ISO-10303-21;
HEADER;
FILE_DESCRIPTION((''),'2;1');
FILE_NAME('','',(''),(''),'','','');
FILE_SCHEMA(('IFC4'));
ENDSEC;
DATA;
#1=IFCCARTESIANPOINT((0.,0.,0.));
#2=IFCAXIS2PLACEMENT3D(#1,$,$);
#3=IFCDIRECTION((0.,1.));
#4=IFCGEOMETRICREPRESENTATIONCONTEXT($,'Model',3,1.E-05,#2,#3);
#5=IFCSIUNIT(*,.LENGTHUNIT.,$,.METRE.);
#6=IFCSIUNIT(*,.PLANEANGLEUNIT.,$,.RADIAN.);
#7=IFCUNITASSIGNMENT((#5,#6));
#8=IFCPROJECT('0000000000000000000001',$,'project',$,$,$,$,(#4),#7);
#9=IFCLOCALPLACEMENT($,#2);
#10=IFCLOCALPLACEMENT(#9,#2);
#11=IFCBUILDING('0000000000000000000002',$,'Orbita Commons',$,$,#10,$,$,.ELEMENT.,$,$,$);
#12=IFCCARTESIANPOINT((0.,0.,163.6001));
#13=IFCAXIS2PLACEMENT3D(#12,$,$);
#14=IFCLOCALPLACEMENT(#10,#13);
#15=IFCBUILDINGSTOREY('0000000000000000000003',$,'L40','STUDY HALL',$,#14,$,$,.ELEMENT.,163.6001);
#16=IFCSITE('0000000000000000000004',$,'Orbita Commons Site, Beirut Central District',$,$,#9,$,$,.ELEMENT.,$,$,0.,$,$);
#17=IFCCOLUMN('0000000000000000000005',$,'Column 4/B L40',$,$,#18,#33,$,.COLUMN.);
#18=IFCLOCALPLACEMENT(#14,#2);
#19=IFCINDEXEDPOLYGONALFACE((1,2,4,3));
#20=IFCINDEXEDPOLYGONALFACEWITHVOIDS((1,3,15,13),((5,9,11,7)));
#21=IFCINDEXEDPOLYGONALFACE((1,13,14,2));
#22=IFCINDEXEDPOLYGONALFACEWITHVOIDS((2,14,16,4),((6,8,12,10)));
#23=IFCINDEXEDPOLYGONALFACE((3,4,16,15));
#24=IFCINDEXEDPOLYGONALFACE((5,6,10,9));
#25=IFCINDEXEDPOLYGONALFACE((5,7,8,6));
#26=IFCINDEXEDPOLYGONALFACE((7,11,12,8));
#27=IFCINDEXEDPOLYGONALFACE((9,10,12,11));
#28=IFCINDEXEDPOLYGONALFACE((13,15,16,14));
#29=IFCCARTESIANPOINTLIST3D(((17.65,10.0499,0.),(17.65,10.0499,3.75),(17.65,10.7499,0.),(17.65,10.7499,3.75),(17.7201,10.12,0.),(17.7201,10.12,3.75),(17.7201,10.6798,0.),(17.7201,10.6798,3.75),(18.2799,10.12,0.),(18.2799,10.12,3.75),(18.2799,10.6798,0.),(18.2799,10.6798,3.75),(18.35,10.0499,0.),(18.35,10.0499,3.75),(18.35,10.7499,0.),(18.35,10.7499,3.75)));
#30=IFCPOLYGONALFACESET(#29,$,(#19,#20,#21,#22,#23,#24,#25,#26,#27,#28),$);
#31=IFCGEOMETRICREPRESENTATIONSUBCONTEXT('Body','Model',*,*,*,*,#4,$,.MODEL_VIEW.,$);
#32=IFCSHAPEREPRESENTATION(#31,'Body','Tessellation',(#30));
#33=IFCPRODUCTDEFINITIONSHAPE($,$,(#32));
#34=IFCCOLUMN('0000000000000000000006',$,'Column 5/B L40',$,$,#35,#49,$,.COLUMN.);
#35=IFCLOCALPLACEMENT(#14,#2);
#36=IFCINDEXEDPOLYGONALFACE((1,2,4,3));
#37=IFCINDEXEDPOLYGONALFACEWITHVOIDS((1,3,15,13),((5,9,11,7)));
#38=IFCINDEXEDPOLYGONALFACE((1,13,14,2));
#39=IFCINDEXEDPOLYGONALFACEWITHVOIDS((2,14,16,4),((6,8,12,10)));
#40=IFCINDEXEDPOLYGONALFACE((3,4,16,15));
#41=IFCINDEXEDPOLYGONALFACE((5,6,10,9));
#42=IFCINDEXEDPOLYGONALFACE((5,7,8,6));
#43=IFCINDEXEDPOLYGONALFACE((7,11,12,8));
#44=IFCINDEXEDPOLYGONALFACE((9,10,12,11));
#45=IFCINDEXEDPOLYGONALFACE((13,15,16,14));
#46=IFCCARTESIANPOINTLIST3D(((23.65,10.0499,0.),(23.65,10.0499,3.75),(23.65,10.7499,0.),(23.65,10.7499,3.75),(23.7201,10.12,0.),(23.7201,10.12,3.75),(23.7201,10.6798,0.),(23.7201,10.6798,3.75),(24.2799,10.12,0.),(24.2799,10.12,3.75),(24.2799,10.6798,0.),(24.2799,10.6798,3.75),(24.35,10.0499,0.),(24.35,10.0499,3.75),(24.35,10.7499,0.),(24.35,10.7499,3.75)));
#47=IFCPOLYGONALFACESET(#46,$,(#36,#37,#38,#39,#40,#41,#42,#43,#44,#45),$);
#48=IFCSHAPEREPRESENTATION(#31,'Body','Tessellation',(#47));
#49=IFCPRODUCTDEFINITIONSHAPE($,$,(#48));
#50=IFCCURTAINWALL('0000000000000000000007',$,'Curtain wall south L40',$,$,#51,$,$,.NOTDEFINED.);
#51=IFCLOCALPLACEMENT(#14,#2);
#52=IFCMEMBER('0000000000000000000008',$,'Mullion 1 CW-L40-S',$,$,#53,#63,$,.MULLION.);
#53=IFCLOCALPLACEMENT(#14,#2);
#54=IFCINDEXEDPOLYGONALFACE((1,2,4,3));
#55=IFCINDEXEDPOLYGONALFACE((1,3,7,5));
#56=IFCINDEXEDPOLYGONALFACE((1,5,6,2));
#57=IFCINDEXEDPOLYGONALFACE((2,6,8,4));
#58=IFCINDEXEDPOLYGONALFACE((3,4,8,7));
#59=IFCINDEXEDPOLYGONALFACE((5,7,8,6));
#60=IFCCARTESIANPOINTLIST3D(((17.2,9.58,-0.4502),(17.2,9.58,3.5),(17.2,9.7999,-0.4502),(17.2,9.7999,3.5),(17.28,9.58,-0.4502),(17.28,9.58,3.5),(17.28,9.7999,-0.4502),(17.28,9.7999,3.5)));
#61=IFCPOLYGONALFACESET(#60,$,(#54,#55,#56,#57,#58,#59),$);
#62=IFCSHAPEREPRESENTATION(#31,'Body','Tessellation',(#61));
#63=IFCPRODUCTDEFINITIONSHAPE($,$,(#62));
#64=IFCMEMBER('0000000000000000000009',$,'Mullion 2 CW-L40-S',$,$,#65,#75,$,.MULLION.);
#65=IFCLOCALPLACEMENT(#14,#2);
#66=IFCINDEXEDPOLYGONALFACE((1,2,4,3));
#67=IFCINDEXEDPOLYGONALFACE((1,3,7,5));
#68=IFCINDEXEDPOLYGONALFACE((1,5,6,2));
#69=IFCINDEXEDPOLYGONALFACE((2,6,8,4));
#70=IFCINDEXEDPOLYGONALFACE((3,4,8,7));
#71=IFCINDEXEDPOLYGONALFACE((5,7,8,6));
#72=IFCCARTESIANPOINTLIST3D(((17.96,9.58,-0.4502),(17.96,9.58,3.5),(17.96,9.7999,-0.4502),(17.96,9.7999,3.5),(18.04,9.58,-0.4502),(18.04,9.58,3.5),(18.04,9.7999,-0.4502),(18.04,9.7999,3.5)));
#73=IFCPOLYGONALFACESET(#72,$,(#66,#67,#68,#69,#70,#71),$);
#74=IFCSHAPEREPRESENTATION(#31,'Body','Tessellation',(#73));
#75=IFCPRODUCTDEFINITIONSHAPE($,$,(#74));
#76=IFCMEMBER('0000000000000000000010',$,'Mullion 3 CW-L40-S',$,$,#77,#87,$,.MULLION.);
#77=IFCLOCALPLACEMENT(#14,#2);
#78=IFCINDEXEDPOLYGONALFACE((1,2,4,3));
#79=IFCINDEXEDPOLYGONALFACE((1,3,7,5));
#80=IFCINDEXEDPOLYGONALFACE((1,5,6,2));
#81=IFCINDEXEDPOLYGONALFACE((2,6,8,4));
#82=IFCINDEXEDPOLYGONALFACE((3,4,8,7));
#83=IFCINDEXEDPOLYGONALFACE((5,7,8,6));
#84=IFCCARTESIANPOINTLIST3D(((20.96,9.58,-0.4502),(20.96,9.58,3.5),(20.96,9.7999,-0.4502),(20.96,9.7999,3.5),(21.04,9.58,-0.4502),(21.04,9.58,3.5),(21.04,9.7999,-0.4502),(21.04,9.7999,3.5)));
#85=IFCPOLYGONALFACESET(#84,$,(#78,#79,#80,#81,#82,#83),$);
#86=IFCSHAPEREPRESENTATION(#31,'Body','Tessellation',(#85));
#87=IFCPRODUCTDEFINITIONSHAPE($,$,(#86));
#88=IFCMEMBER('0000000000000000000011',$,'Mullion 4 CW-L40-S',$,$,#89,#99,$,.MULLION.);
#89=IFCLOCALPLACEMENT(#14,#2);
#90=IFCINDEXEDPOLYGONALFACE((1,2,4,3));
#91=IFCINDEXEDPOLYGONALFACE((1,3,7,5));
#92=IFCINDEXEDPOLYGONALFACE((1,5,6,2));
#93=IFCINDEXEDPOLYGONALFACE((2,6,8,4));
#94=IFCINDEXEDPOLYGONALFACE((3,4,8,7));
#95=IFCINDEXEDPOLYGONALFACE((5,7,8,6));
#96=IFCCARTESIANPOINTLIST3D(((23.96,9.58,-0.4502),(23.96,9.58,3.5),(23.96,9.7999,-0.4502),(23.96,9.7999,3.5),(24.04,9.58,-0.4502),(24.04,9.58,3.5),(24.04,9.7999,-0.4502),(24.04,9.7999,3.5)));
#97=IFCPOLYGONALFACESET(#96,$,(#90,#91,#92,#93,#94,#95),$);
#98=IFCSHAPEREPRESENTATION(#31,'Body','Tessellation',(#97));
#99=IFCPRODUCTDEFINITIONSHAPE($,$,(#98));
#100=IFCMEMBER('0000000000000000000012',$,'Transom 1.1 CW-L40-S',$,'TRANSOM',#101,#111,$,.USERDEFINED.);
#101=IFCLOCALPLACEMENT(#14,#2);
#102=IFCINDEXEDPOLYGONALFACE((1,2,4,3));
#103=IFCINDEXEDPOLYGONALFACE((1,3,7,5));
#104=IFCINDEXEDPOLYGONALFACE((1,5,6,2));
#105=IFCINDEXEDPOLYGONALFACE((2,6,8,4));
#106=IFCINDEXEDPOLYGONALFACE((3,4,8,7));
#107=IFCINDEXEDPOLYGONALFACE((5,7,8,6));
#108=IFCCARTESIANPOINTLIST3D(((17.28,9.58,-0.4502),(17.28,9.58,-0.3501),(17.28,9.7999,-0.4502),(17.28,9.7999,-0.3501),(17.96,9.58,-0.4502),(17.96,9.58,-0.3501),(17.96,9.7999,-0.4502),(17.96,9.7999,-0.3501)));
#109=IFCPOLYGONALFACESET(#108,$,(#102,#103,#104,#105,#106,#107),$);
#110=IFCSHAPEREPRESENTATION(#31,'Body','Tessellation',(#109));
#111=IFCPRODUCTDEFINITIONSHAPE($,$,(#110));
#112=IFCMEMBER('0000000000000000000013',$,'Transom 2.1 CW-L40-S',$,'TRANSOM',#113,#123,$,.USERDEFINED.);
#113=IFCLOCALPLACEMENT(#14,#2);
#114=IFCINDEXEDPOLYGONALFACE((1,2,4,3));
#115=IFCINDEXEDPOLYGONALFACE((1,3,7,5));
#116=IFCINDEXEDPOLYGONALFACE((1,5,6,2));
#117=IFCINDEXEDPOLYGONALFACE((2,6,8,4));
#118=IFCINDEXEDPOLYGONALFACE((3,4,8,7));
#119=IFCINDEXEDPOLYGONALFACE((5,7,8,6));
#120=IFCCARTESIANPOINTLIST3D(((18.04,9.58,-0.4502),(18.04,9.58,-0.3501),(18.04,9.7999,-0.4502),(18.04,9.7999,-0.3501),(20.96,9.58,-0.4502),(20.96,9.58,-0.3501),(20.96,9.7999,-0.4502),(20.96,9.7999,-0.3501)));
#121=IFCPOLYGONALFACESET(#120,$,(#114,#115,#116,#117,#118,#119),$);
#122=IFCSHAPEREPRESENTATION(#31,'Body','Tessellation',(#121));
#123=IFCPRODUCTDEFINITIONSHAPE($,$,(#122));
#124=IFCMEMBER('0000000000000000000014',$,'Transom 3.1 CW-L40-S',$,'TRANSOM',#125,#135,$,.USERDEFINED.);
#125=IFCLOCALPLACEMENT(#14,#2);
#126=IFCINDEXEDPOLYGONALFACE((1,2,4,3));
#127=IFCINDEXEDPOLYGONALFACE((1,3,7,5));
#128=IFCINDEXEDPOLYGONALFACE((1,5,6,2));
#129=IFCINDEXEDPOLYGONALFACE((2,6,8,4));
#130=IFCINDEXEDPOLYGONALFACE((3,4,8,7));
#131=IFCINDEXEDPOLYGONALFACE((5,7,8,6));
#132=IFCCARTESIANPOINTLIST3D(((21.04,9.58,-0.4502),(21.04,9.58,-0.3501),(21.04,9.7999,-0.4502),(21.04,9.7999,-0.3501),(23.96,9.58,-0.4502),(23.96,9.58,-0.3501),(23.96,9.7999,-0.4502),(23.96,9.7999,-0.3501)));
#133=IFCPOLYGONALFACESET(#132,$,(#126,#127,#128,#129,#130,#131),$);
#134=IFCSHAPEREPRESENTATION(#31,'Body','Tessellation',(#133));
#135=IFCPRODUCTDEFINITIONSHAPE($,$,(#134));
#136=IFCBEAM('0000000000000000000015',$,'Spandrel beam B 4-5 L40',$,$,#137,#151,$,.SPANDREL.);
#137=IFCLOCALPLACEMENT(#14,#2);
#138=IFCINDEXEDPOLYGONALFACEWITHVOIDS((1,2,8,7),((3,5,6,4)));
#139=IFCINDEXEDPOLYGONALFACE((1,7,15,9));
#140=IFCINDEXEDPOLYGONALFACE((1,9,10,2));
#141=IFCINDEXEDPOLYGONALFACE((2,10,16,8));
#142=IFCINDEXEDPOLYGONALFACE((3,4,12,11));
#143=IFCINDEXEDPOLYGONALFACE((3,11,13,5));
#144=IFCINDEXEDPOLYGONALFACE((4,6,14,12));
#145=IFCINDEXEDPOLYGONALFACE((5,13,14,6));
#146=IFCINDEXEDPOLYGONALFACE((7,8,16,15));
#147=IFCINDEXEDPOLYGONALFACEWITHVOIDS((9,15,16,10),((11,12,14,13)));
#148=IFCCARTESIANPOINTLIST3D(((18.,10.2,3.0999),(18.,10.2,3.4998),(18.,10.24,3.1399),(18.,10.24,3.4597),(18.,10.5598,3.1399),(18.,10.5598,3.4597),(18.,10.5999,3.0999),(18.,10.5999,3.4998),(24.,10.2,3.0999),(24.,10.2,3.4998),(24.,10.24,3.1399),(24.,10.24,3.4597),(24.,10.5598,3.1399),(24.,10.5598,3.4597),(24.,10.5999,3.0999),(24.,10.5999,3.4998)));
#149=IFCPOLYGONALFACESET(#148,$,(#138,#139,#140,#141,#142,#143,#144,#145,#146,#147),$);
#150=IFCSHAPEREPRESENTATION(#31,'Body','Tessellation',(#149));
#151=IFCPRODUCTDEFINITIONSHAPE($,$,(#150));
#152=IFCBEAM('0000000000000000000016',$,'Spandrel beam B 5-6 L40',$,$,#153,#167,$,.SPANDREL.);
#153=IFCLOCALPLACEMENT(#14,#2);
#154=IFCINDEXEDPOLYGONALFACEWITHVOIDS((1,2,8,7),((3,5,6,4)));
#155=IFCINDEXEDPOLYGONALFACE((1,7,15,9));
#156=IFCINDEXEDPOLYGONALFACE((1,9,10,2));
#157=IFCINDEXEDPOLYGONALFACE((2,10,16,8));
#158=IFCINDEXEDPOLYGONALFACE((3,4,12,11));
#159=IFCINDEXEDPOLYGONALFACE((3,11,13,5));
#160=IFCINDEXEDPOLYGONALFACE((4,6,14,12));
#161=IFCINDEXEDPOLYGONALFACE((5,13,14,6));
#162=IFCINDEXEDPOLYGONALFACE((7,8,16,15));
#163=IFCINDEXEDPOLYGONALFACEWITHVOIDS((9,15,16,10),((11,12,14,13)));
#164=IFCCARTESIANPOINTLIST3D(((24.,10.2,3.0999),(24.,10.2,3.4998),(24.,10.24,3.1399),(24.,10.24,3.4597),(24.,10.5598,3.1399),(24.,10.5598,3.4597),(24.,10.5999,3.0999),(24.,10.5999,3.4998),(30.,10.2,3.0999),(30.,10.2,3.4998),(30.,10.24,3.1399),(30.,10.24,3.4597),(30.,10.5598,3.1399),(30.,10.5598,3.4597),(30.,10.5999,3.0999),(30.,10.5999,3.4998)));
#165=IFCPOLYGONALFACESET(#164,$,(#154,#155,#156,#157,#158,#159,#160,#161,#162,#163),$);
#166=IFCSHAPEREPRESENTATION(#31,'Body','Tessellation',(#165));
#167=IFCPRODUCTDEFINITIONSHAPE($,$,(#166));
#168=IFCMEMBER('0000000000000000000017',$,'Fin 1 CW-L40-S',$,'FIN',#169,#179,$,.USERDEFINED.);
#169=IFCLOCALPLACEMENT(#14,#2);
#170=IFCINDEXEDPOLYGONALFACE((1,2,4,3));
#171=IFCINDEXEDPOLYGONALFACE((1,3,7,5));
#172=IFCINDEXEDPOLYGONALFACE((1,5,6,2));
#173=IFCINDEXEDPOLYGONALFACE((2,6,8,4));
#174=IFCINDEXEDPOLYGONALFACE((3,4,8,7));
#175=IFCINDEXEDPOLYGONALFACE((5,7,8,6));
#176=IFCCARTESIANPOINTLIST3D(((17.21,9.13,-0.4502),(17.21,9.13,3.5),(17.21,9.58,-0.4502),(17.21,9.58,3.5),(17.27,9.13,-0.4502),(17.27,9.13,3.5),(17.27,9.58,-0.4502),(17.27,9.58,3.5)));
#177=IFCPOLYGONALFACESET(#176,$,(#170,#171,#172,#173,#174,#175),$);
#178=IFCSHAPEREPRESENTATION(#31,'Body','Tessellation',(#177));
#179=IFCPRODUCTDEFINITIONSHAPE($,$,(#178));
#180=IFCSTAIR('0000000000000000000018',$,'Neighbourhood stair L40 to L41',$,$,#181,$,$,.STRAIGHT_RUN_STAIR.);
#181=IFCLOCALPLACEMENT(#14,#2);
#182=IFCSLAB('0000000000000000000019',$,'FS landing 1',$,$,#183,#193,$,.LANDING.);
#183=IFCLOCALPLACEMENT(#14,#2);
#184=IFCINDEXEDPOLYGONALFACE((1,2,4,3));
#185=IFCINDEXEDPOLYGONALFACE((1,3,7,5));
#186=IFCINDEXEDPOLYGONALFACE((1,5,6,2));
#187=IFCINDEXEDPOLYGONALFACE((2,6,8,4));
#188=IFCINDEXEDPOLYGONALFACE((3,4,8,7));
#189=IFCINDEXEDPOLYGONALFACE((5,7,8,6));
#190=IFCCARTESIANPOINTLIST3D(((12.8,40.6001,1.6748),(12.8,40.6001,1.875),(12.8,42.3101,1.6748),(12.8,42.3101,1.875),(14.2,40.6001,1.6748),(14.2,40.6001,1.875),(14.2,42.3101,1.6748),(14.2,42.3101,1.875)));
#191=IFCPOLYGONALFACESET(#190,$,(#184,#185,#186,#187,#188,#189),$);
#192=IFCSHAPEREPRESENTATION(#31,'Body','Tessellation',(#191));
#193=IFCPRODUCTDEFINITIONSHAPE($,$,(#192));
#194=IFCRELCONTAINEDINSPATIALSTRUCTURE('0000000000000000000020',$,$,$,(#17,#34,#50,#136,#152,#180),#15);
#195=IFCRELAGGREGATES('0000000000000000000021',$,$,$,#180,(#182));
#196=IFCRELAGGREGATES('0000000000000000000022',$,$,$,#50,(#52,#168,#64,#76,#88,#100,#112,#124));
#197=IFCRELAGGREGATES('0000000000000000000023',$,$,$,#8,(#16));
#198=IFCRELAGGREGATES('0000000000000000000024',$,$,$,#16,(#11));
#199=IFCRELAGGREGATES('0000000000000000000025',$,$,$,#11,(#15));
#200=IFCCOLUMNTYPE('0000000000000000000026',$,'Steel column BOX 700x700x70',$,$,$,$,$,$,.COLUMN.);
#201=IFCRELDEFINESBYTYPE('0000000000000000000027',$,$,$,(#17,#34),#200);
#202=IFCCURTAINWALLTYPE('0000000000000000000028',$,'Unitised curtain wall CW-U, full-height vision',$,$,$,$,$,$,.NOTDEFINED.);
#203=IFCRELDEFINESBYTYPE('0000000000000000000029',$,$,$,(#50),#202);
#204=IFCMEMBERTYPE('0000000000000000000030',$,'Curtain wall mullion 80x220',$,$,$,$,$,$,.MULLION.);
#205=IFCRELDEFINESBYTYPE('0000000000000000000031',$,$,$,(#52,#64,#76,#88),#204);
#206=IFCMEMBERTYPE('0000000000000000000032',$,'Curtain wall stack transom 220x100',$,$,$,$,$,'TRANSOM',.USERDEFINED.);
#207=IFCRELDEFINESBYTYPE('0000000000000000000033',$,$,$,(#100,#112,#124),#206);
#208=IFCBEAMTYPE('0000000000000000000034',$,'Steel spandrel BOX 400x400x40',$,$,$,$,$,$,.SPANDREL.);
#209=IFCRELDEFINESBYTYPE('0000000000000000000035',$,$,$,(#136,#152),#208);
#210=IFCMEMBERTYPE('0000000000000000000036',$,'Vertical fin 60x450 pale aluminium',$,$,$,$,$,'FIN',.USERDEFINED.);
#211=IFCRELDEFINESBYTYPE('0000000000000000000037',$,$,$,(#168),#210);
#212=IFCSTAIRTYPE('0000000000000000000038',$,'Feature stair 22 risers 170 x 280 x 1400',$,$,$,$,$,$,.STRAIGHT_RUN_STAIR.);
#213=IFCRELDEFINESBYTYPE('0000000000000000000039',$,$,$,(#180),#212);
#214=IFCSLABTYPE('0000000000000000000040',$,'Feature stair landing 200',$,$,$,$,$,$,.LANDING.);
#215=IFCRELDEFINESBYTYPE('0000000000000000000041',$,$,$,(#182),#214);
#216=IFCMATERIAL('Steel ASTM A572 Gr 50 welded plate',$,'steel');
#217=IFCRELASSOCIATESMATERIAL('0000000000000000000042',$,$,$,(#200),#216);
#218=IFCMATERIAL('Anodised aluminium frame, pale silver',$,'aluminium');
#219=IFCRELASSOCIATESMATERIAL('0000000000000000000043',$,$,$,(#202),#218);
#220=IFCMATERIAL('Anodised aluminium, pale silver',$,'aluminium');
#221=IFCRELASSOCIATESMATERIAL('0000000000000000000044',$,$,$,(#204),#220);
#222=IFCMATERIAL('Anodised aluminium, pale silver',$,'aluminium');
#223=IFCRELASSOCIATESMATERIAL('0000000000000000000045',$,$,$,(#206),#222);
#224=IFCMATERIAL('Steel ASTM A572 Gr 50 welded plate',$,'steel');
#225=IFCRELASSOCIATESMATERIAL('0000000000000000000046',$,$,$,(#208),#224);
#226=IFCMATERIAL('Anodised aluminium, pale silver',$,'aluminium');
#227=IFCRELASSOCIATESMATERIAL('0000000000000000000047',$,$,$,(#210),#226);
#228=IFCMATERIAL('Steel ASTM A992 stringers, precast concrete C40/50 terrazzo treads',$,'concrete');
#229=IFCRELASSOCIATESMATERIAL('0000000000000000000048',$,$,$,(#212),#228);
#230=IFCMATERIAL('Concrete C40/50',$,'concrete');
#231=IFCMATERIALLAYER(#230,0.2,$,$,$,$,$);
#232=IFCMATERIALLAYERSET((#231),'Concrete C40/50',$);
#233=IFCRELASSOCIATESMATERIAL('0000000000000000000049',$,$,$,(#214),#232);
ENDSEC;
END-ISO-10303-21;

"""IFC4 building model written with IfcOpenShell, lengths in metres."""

from ifc_helpers import new_model, si_unit, direction, frame, origin, origin_2d, place, context, subcontext, project, spatial, polyline, rectangle, hollow_rectangle, outline, extrude, material, layer, layer_set, material_profile, profile_set, type_object, element, aggregate, save


model = new_model("IFC4")

# Units and contexts
model_context = context("Model", 3, precision=1e-05, world=origin(), true_north=direction((0.0, 1.0)))
body_context = subcontext(model_context, "Body", "Model", "MODEL_VIEW")
ifc_project = project(units=[si_unit("LENGTHUNIT", "METRE"), si_unit("PLANEANGLEUNIT", "RADIAN")], contexts=[model_context])

# Site, building, storey
site_placement = place(None, origin())
site = spatial("IfcSite", under=ifc_project, at=site_placement, Name="Orbita Commons Site, Beirut Central District", CompositionType="ELEMENT", RefElevation=0.0)
building_placement = place(site_placement, origin())
building = spatial("IfcBuilding", under=site, at=building_placement, Name="Orbita Commons", CompositionType="ELEMENT")
storey_placement = place(building_placement, frame((0.0, 0.0, 163.6001)))
storey = spatial("IfcBuildingStorey", under=building, at=storey_placement, Name="L40", Description="STUDY HALL", CompositionType="ELEMENT", Elevation=163.6001)

# Columns
ifc_material_1 = material(Name="Steel ASTM A572 Gr 50 welded plate", Category="steel")
ifc_material_profile_1 = material_profile(ifc_material_1, hollow_rectangle(XDim=0.7, YDim=0.7, WallThickness=0.0701, at=origin_2d()), Name="BOX 700x700x70")
ifc_profile_set_1 = profile_set([ifc_material_profile_1], Name="Steel ASTM A572 Gr 50 welded plate")
column_type = type_object("IfcColumnType", Name="Steel column BOX 700x700x70", PredefinedType="COLUMN", material=ifc_profile_set_1)
for number, where, z_axis, x_axis, name in (
    (1, (18.0, 10.3999, 0.0), (0.0, 0.0, 1.0), (1.0, 0.0, 0.0), "Column 4/B L40"),
    (2, (24.0, 10.3999, 0.0), (0.0, 0.0, 1.0), (1.0, 0.0, 0.0), "Column 5/B L40"),
):
    element("IfcColumn", number, at=place(storey_placement, frame(where, z_axis=z_axis, x_axis=x_axis)), inside=storey, type_object=column_type, Name=name, PredefinedType="COLUMN", context=body_context, shape_type="SweptSolid", body=[
        extrude(hollow_rectangle(XDim=0.7, YDim=0.7, WallThickness=0.0701, at=origin_2d()), origin(), (0.0, 0.0, 1.0), 3.75),
    ])

# Curtain wall, members
ifc_material_2 = material(Name="Anodised aluminium frame, pale silver", Category="aluminium")
curtain_wall_type = type_object("IfcCurtainWallType", Name="Unitised curtain wall CW-U, full-height vision", PredefinedType="NOTDEFINED", material=ifc_material_2)
curtain_wall_placement = place(storey_placement, origin())
curtain_wall = element("IfcCurtainWall", 3, at=curtain_wall_placement, inside=storey, type_object=curtain_wall_type, Name="Curtain wall south L40", PredefinedType="NOTDEFINED")
ifc_material_3 = material(Name="Anodised aluminium, pale silver", Category="aluminium")
ifc_material_profile_2 = material_profile(ifc_material_3, rectangle(XDim=0.0801, YDim=0.22, at=origin_2d()), Name="AL 80x220")
ifc_profile_set_2 = profile_set([ifc_material_profile_2], Name="Anodised aluminium, pale silver")
member_type_1 = type_object("IfcMemberType", Name="Curtain wall mullion 80x220", PredefinedType="MULLION", material=ifc_profile_set_2)
member_1_placement = place(storey_placement, frame((17.24, 9.6899, -0.4502), z_axis=(0.0, 0.0, 1.0), x_axis=(1.0, 0.0, 0.0)))
member_1 = element("IfcMember", 4, at=member_1_placement, type_object=member_type_1, Name="Mullion 1 CW-L40-S", PredefinedType="MULLION", context=body_context, shape_type="SweptSolid", body=[
    extrude(rectangle(XDim=0.0801, YDim=0.22, at=origin_2d()), origin(), (0.0, 0.0, 1.0), 3.9502),
])
member_2_placement = place(storey_placement, frame((18.0, 9.6899, -0.4502), z_axis=(0.0, 0.0, 1.0), x_axis=(1.0, 0.0, 0.0)))
member_2 = element("IfcMember", 5, at=member_2_placement, type_object=member_type_1, Name="Mullion 2 CW-L40-S", PredefinedType="MULLION", context=body_context, shape_type="SweptSolid", body=[
    extrude(rectangle(XDim=0.0801, YDim=0.22, at=origin_2d()), origin(), (0.0, 0.0, 1.0), 3.9502),
])
member_3_placement = place(storey_placement, frame((21.0, 9.6899, -0.4502), z_axis=(0.0, 0.0, 1.0), x_axis=(1.0, 0.0, 0.0)))
member_3 = element("IfcMember", 6, at=member_3_placement, type_object=member_type_1, Name="Mullion 3 CW-L40-S", PredefinedType="MULLION", context=body_context, shape_type="SweptSolid", body=[
    extrude(rectangle(XDim=0.0801, YDim=0.22, at=origin_2d()), origin(), (0.0, 0.0, 1.0), 3.9502),
])
member_4_placement = place(storey_placement, frame((24.0, 9.6899, -0.4502), z_axis=(0.0, 0.0, 1.0), x_axis=(1.0, 0.0, 0.0)))
member_4 = element("IfcMember", 7, at=member_4_placement, type_object=member_type_1, Name="Mullion 4 CW-L40-S", PredefinedType="MULLION", context=body_context, shape_type="SweptSolid", body=[
    extrude(rectangle(XDim=0.0801, YDim=0.22, at=origin_2d()), origin(), (0.0, 0.0, 1.0), 3.9502),
])
ifc_material_4 = material(Name="Anodised aluminium, pale silver", Category="aluminium")
ifc_material_profile_3 = material_profile(ifc_material_4, rectangle(XDim=0.22, YDim=0.1001, at=origin_2d()), Name="AL 220x100")
ifc_profile_set_3 = profile_set([ifc_material_profile_3], Name="Anodised aluminium, pale silver")
member_type_2 = type_object("IfcMemberType", Name="Curtain wall stack transom 220x100", ElementType="TRANSOM", PredefinedType="USERDEFINED", material=ifc_profile_set_3)
member_5_placement = place(storey_placement, frame((17.28, 9.6899, -0.4001), z_axis=(1.0, 0.0, 0.0), x_axis=(0.0, 1.0, 0.0)))
member_5 = element("IfcMember", 8, at=member_5_placement, type_object=member_type_2, Name="Transom 1.1 CW-L40-S", ObjectType="TRANSOM", PredefinedType="USERDEFINED", context=body_context, shape_type="SweptSolid", body=[
    extrude(rectangle(XDim=0.22, YDim=0.1001, at=origin_2d()), origin(), (0.0, 0.0, 1.0), 0.6799),
])
member_6_placement = place(storey_placement, frame((18.04, 9.6899, -0.4001), z_axis=(1.0, 0.0, 0.0), x_axis=(0.0, 1.0, 0.0)))
member_6 = element("IfcMember", 9, at=member_6_placement, type_object=member_type_2, Name="Transom 2.1 CW-L40-S", ObjectType="TRANSOM", PredefinedType="USERDEFINED", context=body_context, shape_type="SweptSolid", body=[
    extrude(rectangle(XDim=0.22, YDim=0.1001, at=origin_2d()), origin(), (0.0, 0.0, 1.0), 2.9199),
])
member_7_placement = place(storey_placement, frame((21.04, 9.6899, -0.4001), z_axis=(1.0, 0.0, 0.0), x_axis=(0.0, 1.0, 0.0)))
member_7 = element("IfcMember", 10, at=member_7_placement, type_object=member_type_2, Name="Transom 3.1 CW-L40-S", ObjectType="TRANSOM", PredefinedType="USERDEFINED", context=body_context, shape_type="SweptSolid", body=[
    extrude(rectangle(XDim=0.22, YDim=0.1001, at=origin_2d()), origin(), (0.0, 0.0, 1.0), 2.9199),
])

# Beams
ifc_material_5 = material(Name="Steel ASTM A572 Gr 50 welded plate", Category="steel")
ifc_material_profile_4 = material_profile(ifc_material_5, hollow_rectangle(XDim=0.3999, YDim=0.3999, WallThickness=0.04, at=origin_2d()), Name="BOX 400x400x40")
ifc_profile_set_4 = profile_set([ifc_material_profile_4], Name="Steel ASTM A572 Gr 50 welded plate")
beam_type = type_object("IfcBeamType", Name="Steel spandrel BOX 400x400x40", PredefinedType="SPANDREL", material=ifc_profile_set_4)
for number, where, z_axis, x_axis, name in (
    (11, (18.0, 10.3999, 3.2998), (1.0, 0.0, 0.0), (0.0, 1.0, 0.0), "Spandrel beam B 4-5 L40"),
    (12, (24.0, 10.3999, 3.2998), (1.0, 0.0, 0.0), (0.0, 1.0, 0.0), "Spandrel beam B 5-6 L40"),
):
    element("IfcBeam", number, at=place(storey_placement, frame(where, z_axis=z_axis, x_axis=x_axis)), inside=storey, type_object=beam_type, Name=name, PredefinedType="SPANDREL", context=body_context, shape_type="SweptSolid", body=[
        extrude(hollow_rectangle(XDim=0.3999, YDim=0.3999, WallThickness=0.04, at=origin_2d()), origin(), (0.0, 0.0, 1.0), 6.0),
    ])

# Member
ifc_material_6 = material(Name="Anodised aluminium, pale silver", Category="aluminium")
ifc_material_profile_5 = material_profile(ifc_material_6, rectangle(XDim=0.0601, YDim=0.45, at=origin_2d()), Name="FIN 60x450")
ifc_profile_set_5 = profile_set([ifc_material_profile_5], Name="Anodised aluminium, pale silver")
member_type_3 = type_object("IfcMemberType", Name="Vertical fin 60x450 pale aluminium", ElementType="FIN", PredefinedType="USERDEFINED", material=ifc_profile_set_5)
member_8_placement = place(storey_placement, frame((17.24, 9.355, -0.4502), z_axis=(0.0, 0.0, 1.0), x_axis=(1.0, 0.0, 0.0)))
member_8 = element("IfcMember", 13, at=member_8_placement, type_object=member_type_3, Name="Fin 1 CW-L40-S", ObjectType="FIN", PredefinedType="USERDEFINED", context=body_context, shape_type="SweptSolid", body=[
    extrude(rectangle(XDim=0.0601, YDim=0.45, at=origin_2d()), origin(), (0.0, 0.0, 1.0), 3.9502),
])

# Stair, slab
ifc_material_7 = material(Name="Steel ASTM A992 stringers, precast concrete C40/50 terrazzo treads", Category="concrete")
stair_type_1 = type_object("IfcStairType", Name="Feature stair 22 risers 170 x 280 x 1400", PredefinedType="STRAIGHT_RUN_STAIR", material=ifc_material_7)
stair_1_placement = place(storey_placement, origin())
stair_1 = element("IfcStair", 14, at=stair_1_placement, inside=storey, type_object=stair_type_1, Name="Neighbourhood stair L40 to L41", PredefinedType="STRAIGHT_RUN_STAIR")
ifc_material_8 = material(Name="Concrete C40/50", Category="concrete")
ifc_layer_1 = layer(ifc_material_8, 0.2)
ifc_layer_set_1 = layer_set([ifc_layer_1], Name="Concrete C40/50")
slab_type_1 = type_object("IfcSlabType", Name="Feature stair landing 200", PredefinedType="LANDING", material=ifc_layer_set_1)
slab_1_placement = place(storey_placement, frame((0.0, 0.0, 1.6748)))
slab_1 = element("IfcSlab", 15, at=slab_1_placement, type_object=slab_type_1, Name="FS landing 1", PredefinedType="LANDING", context=body_context, shape_type="SweptSolid", body=[
    extrude(outline(polyline([(12.8, 40.6001), (14.2, 40.6001), (14.2, 42.3101), (12.8, 42.3101), (12.8, 40.6001)])), origin(), (0.0, 0.0, 1.0), 0.2002),
])
aggregate(stair_1, [slab_1])

aggregate(curtain_wall, [member_1, member_8, member_2, member_3, member_4, member_5, member_6, member_7])

save(model, "model.ifc")
